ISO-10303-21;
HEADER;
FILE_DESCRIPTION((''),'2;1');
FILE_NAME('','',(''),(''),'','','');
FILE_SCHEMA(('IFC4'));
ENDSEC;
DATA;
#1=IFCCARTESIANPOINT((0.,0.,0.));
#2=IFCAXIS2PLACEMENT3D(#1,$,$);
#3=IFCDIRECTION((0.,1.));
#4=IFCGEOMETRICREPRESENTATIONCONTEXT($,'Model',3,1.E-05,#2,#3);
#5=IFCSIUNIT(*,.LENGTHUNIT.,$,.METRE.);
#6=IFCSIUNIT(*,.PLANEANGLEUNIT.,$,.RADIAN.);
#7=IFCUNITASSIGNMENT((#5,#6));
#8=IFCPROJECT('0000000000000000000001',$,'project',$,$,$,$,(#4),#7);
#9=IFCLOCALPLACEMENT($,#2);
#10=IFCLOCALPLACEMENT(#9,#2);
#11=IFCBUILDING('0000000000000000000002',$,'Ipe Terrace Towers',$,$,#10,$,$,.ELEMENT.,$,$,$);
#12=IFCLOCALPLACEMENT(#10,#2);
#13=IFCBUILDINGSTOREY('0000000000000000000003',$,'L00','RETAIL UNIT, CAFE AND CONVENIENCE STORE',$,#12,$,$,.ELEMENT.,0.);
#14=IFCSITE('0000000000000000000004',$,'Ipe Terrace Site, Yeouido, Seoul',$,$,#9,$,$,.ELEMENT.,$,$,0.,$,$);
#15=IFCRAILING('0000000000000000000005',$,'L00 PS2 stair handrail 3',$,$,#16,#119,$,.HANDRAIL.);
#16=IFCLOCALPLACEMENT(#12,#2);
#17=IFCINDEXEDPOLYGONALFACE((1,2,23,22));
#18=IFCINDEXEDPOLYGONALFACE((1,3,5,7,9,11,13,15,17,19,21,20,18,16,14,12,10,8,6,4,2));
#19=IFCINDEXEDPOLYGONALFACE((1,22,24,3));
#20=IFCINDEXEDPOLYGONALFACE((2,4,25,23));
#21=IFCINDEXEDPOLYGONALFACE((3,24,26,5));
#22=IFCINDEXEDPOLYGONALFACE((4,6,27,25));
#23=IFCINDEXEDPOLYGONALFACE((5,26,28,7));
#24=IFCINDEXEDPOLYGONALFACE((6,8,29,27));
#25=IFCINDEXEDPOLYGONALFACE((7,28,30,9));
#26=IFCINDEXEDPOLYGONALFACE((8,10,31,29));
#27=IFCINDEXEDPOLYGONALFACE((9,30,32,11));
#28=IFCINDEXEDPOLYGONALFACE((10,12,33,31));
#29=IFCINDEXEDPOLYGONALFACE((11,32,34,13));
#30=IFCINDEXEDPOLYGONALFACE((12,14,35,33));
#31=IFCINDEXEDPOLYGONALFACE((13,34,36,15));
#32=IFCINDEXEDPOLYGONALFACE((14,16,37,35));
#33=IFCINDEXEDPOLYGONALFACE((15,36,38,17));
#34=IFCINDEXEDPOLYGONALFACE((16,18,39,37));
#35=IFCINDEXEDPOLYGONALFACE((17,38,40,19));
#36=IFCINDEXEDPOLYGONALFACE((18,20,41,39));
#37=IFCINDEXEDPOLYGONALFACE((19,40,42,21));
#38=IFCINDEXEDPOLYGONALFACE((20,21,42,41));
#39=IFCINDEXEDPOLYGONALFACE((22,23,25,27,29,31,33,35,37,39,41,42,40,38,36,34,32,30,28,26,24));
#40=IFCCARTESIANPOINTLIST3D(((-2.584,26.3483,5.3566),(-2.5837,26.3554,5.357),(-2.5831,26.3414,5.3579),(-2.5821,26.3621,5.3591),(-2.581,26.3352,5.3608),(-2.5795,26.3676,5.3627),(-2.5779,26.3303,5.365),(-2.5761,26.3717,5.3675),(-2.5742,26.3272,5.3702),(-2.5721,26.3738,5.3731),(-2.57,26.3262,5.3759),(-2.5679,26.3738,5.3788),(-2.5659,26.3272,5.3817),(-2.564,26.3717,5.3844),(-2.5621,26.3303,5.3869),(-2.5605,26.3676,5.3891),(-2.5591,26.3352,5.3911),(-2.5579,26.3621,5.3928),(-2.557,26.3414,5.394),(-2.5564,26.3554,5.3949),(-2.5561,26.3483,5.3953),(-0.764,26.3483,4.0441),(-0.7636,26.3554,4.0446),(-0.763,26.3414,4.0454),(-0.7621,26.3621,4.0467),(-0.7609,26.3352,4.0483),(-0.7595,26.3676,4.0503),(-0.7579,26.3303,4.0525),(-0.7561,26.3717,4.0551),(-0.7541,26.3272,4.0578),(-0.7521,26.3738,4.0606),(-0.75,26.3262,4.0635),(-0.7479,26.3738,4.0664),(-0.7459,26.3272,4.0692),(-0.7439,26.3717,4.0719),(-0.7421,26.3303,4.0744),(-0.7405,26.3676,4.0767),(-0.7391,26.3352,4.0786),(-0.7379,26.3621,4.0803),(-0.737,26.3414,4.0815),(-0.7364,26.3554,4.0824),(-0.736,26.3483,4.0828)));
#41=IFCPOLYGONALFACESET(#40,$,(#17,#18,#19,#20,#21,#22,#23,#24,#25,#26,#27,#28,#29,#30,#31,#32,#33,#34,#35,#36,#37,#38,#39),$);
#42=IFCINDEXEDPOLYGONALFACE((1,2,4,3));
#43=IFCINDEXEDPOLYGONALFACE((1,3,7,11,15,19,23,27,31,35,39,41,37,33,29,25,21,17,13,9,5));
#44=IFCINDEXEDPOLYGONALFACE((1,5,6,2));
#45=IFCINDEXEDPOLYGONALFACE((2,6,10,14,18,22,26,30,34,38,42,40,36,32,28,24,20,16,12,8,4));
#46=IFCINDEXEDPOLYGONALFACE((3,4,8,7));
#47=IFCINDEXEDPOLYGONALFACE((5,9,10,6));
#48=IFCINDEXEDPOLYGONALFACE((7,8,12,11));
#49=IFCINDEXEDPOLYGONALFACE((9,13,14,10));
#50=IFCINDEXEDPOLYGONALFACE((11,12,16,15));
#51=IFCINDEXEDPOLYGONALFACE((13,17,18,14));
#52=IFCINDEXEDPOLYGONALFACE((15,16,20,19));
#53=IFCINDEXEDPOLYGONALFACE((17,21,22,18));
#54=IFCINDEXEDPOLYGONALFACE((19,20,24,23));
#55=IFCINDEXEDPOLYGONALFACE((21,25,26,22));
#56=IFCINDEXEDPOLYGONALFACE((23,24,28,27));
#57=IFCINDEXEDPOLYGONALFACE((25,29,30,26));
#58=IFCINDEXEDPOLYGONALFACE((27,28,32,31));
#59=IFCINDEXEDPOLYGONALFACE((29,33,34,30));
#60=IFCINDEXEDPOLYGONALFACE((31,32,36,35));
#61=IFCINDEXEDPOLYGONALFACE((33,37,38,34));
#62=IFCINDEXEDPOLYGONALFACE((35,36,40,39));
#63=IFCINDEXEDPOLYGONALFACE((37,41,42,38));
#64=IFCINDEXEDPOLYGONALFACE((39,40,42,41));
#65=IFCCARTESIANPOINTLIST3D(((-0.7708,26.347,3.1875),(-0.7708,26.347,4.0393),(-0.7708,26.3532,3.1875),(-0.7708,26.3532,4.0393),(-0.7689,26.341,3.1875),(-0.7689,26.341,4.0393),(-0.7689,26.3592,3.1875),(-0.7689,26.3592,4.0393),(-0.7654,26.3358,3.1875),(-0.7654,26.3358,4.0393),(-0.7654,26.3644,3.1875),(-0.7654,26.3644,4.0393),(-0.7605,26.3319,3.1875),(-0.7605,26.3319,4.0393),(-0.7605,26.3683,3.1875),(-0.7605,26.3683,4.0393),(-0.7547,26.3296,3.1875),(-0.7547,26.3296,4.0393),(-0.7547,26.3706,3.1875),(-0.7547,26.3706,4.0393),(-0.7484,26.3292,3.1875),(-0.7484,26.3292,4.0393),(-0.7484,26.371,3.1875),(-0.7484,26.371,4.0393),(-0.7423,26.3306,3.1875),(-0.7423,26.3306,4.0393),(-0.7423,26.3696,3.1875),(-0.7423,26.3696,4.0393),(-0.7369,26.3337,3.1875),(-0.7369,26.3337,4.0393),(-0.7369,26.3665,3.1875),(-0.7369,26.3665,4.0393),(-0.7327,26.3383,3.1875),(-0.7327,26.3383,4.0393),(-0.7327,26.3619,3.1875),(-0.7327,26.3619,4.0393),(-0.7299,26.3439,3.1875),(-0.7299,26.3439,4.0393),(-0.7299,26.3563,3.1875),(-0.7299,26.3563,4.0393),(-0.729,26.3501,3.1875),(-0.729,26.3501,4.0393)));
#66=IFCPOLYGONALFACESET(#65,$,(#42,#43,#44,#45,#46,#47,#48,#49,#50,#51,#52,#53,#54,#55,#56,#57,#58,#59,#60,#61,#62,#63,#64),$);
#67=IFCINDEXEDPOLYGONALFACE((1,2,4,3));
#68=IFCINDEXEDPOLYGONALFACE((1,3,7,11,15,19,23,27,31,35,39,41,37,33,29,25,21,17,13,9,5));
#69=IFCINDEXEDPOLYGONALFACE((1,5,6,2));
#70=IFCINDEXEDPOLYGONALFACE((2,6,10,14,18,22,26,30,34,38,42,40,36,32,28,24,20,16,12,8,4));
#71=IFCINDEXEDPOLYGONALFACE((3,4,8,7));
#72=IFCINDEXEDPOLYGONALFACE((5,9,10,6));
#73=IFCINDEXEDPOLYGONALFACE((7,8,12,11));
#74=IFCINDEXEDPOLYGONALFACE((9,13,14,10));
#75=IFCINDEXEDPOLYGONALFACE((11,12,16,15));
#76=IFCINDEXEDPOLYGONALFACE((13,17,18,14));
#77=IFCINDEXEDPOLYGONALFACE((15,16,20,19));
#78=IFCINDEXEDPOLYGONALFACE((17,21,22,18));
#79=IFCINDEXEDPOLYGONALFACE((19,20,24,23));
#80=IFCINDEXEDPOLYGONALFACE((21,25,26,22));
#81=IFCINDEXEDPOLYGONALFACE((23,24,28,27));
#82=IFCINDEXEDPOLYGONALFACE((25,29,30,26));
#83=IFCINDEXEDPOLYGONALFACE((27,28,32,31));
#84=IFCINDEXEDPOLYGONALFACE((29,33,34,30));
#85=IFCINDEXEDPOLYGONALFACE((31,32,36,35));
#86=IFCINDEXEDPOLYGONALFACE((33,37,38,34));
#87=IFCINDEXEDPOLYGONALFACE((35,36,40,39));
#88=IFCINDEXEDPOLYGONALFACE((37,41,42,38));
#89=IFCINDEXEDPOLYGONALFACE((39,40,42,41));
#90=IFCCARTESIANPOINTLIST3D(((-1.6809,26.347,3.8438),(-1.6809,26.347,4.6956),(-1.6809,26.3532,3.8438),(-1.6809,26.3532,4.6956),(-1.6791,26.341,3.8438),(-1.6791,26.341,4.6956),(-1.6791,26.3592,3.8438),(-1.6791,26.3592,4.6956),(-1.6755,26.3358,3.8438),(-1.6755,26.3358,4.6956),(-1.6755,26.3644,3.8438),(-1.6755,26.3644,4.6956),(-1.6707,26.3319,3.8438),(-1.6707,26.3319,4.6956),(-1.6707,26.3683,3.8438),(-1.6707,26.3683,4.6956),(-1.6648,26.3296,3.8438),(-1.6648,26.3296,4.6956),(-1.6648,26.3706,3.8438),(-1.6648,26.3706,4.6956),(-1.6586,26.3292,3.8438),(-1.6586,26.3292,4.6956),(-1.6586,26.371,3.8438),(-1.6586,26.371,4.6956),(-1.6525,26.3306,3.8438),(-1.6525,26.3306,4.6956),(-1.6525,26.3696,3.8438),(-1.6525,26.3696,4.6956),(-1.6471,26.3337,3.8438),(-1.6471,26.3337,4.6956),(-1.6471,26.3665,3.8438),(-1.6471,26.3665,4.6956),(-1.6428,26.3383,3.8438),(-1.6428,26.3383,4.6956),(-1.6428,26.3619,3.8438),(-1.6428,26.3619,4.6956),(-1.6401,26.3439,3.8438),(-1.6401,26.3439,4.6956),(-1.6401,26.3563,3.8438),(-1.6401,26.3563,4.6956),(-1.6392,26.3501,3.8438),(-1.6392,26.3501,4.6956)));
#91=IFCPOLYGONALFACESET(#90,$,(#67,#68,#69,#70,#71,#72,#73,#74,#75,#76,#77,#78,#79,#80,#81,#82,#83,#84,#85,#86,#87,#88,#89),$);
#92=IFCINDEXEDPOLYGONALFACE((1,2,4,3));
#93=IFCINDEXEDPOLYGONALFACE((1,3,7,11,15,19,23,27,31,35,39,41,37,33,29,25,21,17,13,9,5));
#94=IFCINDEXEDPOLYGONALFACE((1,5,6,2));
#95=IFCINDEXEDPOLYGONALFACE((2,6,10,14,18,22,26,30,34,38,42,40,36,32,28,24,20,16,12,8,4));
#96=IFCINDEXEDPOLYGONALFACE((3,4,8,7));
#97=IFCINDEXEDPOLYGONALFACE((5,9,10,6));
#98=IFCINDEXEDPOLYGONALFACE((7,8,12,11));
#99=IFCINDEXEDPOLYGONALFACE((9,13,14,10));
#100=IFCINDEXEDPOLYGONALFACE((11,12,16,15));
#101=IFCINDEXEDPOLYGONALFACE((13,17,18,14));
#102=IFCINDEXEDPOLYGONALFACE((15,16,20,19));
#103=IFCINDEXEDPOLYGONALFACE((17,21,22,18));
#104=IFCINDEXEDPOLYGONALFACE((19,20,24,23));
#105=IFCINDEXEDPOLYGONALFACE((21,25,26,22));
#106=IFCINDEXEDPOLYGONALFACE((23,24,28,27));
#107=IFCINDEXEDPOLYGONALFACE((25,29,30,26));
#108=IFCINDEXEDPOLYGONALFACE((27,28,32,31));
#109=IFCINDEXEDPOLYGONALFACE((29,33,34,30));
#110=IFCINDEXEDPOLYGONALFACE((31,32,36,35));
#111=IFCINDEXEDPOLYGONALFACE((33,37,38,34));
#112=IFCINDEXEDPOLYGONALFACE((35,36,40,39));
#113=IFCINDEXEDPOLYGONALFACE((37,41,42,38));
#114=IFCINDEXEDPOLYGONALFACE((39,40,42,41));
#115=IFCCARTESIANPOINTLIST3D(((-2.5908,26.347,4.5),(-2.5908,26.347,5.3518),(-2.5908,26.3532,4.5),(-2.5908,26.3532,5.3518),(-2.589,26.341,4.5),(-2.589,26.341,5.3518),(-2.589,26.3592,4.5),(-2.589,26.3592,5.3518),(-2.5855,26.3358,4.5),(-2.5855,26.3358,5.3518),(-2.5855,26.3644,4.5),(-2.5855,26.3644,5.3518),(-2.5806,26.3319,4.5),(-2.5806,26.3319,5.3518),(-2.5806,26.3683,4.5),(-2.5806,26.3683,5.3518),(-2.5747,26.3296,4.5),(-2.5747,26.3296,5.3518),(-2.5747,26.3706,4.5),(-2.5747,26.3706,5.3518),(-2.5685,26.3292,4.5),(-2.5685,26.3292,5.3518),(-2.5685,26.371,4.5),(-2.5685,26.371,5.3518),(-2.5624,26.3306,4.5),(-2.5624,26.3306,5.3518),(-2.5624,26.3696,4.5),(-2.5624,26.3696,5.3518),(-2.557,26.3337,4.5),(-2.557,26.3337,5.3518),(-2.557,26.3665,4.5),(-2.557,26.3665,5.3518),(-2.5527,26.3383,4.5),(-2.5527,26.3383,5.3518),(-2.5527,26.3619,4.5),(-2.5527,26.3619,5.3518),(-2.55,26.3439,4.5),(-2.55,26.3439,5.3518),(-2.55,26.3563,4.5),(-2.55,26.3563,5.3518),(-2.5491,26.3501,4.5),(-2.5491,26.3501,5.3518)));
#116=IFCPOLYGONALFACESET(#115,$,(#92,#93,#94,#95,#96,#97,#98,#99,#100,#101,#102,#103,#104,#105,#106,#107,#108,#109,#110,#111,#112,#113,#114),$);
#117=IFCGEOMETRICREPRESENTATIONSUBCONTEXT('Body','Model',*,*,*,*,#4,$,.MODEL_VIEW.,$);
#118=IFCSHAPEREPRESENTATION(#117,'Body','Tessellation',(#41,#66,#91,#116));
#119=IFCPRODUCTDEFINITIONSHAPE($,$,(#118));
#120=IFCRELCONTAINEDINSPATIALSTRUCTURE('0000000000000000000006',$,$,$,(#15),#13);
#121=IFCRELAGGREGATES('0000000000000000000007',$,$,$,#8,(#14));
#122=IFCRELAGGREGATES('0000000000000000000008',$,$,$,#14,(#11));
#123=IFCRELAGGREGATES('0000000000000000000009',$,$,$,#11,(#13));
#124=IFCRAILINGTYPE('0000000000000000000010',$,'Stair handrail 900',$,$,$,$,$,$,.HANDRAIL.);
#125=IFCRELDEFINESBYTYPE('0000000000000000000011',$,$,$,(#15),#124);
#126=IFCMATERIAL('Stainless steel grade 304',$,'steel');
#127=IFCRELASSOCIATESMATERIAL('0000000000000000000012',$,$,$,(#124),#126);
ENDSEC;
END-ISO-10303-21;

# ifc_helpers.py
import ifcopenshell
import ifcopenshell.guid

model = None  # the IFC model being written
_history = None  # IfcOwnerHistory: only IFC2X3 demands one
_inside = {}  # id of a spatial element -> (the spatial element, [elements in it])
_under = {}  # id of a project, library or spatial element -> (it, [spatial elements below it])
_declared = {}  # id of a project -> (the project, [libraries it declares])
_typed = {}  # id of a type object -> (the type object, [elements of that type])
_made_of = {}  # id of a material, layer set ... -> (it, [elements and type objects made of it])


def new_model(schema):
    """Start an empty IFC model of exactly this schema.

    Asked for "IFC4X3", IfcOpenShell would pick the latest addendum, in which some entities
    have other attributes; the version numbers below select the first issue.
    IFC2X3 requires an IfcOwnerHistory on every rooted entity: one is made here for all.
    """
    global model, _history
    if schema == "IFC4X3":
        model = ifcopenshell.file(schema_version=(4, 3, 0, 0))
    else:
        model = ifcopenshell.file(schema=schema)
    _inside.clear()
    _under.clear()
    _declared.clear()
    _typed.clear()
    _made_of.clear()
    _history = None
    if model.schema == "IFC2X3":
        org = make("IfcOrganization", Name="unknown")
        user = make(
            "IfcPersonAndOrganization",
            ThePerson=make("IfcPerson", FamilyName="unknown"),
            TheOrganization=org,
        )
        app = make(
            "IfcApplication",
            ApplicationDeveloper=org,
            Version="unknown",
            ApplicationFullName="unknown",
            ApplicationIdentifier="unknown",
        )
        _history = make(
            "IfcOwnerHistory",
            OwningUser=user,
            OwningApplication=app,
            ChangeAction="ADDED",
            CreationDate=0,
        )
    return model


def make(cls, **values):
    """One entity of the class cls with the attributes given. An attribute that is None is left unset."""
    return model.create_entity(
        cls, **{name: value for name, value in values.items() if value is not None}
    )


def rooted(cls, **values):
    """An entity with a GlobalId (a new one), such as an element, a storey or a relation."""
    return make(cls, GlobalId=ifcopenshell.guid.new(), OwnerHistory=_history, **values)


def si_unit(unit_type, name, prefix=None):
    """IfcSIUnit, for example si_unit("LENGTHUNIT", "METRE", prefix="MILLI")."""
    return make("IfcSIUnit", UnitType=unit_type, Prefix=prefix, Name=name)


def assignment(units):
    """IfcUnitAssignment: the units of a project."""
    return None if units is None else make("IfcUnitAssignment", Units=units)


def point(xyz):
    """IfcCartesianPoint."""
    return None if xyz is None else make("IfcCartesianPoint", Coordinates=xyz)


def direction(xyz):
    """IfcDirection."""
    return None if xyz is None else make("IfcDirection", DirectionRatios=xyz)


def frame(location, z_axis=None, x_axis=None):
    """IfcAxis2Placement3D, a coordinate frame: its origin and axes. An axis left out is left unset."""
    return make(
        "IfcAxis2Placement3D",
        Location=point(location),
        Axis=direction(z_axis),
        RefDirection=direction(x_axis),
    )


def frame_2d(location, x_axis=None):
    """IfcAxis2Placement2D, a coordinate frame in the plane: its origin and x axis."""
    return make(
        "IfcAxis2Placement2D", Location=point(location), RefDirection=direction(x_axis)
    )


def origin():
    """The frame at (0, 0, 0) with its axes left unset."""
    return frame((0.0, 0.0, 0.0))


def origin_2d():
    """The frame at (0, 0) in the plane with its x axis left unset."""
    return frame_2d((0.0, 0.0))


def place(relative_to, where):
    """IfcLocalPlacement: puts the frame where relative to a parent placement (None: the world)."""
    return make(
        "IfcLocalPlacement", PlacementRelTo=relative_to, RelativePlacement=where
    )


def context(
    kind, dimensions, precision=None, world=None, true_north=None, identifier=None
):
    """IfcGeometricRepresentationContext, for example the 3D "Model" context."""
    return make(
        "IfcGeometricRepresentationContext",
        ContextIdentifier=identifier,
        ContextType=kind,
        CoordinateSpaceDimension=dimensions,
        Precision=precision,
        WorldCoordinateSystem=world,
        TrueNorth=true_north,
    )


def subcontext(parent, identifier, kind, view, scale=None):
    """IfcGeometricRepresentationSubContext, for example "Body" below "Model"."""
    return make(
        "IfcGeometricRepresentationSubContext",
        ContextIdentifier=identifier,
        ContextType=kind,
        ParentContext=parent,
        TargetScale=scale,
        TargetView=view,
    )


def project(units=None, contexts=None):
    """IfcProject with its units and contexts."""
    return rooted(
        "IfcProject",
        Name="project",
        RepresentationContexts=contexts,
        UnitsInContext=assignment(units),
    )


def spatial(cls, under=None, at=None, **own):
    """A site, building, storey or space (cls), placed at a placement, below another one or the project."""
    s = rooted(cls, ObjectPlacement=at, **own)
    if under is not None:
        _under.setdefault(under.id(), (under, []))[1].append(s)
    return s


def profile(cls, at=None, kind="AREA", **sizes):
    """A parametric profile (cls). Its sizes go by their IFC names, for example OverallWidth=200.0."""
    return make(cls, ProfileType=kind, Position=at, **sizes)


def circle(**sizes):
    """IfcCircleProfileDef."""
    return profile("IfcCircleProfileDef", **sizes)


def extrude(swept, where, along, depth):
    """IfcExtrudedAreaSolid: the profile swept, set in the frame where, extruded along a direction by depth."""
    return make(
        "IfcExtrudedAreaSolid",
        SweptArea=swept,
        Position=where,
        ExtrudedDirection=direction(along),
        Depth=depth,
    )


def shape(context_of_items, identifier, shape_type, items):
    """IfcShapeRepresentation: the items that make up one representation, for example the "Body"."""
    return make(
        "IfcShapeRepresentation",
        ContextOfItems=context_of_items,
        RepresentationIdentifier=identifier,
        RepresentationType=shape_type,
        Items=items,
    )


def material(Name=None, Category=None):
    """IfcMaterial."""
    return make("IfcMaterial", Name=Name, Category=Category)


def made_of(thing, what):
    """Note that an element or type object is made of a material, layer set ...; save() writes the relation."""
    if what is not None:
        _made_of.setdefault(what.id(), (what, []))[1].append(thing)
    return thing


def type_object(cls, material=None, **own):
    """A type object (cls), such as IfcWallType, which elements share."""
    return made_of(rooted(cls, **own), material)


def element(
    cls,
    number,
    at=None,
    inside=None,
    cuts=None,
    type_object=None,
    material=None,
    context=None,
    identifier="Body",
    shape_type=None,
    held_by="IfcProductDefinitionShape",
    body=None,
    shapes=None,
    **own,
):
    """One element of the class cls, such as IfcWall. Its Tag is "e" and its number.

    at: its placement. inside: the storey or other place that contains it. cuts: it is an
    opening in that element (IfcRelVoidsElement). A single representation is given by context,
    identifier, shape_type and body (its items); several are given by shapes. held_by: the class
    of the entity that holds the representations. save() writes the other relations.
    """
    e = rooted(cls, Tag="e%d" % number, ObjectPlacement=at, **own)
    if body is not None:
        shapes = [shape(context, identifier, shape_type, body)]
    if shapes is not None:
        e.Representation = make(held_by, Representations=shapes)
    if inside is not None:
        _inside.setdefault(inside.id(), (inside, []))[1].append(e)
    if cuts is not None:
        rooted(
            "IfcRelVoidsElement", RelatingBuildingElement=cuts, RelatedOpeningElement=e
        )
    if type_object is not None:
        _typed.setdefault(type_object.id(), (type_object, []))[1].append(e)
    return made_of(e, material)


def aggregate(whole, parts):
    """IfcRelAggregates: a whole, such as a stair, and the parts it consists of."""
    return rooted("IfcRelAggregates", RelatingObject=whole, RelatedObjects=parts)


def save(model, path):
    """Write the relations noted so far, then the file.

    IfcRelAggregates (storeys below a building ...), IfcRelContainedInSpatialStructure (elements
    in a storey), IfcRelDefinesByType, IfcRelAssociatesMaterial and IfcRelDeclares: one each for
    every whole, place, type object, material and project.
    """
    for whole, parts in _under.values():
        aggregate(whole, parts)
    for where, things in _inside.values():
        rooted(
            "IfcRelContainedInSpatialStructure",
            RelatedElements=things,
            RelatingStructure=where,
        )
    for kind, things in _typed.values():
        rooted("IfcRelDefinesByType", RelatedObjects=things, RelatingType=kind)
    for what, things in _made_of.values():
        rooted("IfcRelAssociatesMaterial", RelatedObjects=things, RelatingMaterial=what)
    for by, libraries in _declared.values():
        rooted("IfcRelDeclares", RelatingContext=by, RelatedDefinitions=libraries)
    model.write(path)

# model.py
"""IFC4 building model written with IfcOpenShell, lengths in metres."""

from ifc_helpers import new_model, si_unit, direction, frame, origin, origin_2d, place, context, subcontext, project, spatial, circle, extrude, material, type_object, element, save


model = new_model("IFC4")

# Units and contexts
model_context = context("Model", 3, precision=1e-05, world=origin(), true_north=direction((0.0, 1.0)))
body_context = subcontext(model_context, "Body", "Model", "MODEL_VIEW")
ifc_project = project(units=[si_unit("LENGTHUNIT", "METRE"), si_unit("PLANEANGLEUNIT", "RADIAN")], contexts=[model_context])

# Site, building, storey
site_placement = place(None, origin())
site = spatial("IfcSite", under=ifc_project, at=site_placement, Name="Ipe Terrace Site, Yeouido, Seoul", CompositionType="ELEMENT", RefElevation=0.0)
building_placement = place(site_placement, origin())
building = spatial("IfcBuilding", under=site, at=building_placement, Name="Ipe Terrace Towers", CompositionType="ELEMENT")
storey_placement = place(building_placement, origin())
storey = spatial("IfcBuildingStorey", under=building, at=storey_placement, Name="L00", Description="RETAIL UNIT, CAFE AND CONVENIENCE STORE", CompositionType="ELEMENT", Elevation=0.0)

# Railing
ifc_material_1 = material(Name="Stainless steel grade 304", Category="steel")
railing_type = type_object("IfcRailingType", Name="Stair handrail 900", PredefinedType="HANDRAIL", material=ifc_material_1)
for number, where, name in (
    (1, (-0.75, 26.3501, 3.1875), "L00 PS2 stair handrail 3"),
):
    element("IfcRailing", number, at=place(storey_placement, frame(where)), inside=storey, type_object=railing_type, Name=name, PredefinedType="HANDRAIL", context=body_context, shape_type="SweptSolid", body=[
        extrude(circle(Radius=0.0239, at=origin_2d()), frame((0.0, 0.0, 0.876), z_axis=(-0.811101, 0.0, 0.584906), x_axis=(0.0, -1.0, 0.0)), (0.0, 0.0, 1.0), 2.2439),
        extrude(circle(Radius=0.021, at=origin_2d()), origin(), (0.0, 0.0, 1.0), 0.8518),
        extrude(circle(Radius=0.021, at=origin_2d()), frame((-0.9102, 0.0, 0.6562)), (0.0, 0.0, 1.0), 0.8518),
        extrude(circle(Radius=0.021, at=origin_2d()), frame((-1.8201, 0.0, 1.3125)), (0.0, 0.0, 1.0), 0.8518),
    ])

save(model, "model.ifc")
